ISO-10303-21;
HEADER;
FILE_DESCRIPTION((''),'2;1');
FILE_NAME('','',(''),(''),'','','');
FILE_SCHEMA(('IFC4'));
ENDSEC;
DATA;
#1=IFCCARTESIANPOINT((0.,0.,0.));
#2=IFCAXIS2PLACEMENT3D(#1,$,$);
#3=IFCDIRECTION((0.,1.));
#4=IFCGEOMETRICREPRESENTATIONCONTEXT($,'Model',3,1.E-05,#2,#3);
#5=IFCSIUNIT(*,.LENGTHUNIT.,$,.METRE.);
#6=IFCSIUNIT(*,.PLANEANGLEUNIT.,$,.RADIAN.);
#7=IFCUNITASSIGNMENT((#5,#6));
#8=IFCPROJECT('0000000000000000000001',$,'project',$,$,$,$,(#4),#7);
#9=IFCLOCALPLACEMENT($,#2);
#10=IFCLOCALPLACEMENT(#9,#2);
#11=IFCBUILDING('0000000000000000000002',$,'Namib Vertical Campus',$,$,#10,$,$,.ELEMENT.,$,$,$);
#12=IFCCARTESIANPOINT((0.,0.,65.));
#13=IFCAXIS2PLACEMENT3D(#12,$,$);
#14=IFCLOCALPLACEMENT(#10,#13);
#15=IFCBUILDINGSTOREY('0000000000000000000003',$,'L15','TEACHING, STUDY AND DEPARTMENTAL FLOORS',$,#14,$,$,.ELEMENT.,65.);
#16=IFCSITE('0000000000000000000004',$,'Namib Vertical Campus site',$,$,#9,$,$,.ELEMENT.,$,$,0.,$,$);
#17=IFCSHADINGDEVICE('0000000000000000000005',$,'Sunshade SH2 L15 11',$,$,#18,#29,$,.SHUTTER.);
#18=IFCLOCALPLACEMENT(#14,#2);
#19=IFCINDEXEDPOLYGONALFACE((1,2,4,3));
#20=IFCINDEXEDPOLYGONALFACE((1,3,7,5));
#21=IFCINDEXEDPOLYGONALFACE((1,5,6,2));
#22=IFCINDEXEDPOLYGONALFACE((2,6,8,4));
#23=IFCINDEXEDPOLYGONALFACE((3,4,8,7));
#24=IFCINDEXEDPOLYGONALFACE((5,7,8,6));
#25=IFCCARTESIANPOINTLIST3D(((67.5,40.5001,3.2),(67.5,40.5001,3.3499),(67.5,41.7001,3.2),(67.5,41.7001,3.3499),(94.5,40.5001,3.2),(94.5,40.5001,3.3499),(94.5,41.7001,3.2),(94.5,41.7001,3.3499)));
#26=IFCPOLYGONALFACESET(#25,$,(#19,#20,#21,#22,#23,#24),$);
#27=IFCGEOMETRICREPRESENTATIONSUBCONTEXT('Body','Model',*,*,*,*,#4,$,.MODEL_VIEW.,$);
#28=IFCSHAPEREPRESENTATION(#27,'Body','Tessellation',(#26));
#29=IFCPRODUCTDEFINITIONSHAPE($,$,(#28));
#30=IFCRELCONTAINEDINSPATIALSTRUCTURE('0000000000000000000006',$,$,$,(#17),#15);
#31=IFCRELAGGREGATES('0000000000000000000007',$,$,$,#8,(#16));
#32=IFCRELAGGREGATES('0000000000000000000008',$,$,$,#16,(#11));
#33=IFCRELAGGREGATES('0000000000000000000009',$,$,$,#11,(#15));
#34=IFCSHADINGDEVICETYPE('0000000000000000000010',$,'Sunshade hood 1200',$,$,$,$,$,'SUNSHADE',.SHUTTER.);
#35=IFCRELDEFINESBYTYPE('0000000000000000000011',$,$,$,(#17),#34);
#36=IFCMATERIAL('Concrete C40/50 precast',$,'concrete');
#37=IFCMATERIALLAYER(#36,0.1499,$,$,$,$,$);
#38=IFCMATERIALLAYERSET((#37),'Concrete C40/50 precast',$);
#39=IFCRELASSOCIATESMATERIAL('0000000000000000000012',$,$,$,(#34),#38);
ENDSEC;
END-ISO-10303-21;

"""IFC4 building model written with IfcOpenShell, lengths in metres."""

from ifc_helpers import new_model, si_unit, direction, frame, origin, origin_2d, place, context, subcontext, project, spatial, rectangle, extrude, material, layer, layer_set, type_object, element, save


model = new_model("IFC4")

# Units and contexts
model_context = context("Model", 3, precision=1e-05, world=origin(), true_north=direction((0.0, 1.0)))
body_context = subcontext(model_context, "Body", "Model", "MODEL_VIEW")
ifc_project = project(units=[si_unit("LENGTHUNIT", "METRE"), si_unit("PLANEANGLEUNIT", "RADIAN")], contexts=[model_context])

# Site, building, storey
site_placement = place(None, origin())
site = spatial("IfcSite", under=ifc_project, at=site_placement, Name="Namib Vertical Campus site", CompositionType="ELEMENT", RefElevation=0.0)
building_placement = place(site_placement, origin())
building = spatial("IfcBuilding", under=site, at=building_placement, Name="Namib Vertical Campus", CompositionType="ELEMENT")
storey_placement = place(building_placement, frame((0.0, 0.0, 65.0)))
storey = spatial("IfcBuildingStorey", under=building, at=storey_placement, Name="L15", Description="TEACHING, STUDY AND DEPARTMENTAL FLOORS", CompositionType="ELEMENT", Elevation=65.0)

# Shading device
ifc_material_1 = material(Name="Concrete C40/50 precast", Category="concrete")
ifc_layer_1 = layer(ifc_material_1, 0.1499)
ifc_layer_set_1 = layer_set([ifc_layer_1], Name="Concrete C40/50 precast")
shading_device_type = type_object("IfcShadingDeviceType", Name="Sunshade hood 1200", ElementType="SUNSHADE", PredefinedType="SHUTTER", material=ifc_layer_set_1)
shading_device_placement = place(storey_placement, frame((81.0, 41.1001, 3.2), z_axis=(0.0, 0.0, 1.0), x_axis=(-1.0, 0.0, 0.0)))
element("IfcShadingDevice", 1, at=shading_device_placement, inside=storey, type_object=shading_device_type, Name="Sunshade SH2 L15 11", PredefinedType="SHUTTER", context=body_context, shape_type="SweptSolid", body=[
    extrude(rectangle(XDim=27.0, YDim=1.2, at=origin_2d()), origin(), (0.0, 0.0, 1.0), 0.1499),
])

save(model, "model.ifc")
